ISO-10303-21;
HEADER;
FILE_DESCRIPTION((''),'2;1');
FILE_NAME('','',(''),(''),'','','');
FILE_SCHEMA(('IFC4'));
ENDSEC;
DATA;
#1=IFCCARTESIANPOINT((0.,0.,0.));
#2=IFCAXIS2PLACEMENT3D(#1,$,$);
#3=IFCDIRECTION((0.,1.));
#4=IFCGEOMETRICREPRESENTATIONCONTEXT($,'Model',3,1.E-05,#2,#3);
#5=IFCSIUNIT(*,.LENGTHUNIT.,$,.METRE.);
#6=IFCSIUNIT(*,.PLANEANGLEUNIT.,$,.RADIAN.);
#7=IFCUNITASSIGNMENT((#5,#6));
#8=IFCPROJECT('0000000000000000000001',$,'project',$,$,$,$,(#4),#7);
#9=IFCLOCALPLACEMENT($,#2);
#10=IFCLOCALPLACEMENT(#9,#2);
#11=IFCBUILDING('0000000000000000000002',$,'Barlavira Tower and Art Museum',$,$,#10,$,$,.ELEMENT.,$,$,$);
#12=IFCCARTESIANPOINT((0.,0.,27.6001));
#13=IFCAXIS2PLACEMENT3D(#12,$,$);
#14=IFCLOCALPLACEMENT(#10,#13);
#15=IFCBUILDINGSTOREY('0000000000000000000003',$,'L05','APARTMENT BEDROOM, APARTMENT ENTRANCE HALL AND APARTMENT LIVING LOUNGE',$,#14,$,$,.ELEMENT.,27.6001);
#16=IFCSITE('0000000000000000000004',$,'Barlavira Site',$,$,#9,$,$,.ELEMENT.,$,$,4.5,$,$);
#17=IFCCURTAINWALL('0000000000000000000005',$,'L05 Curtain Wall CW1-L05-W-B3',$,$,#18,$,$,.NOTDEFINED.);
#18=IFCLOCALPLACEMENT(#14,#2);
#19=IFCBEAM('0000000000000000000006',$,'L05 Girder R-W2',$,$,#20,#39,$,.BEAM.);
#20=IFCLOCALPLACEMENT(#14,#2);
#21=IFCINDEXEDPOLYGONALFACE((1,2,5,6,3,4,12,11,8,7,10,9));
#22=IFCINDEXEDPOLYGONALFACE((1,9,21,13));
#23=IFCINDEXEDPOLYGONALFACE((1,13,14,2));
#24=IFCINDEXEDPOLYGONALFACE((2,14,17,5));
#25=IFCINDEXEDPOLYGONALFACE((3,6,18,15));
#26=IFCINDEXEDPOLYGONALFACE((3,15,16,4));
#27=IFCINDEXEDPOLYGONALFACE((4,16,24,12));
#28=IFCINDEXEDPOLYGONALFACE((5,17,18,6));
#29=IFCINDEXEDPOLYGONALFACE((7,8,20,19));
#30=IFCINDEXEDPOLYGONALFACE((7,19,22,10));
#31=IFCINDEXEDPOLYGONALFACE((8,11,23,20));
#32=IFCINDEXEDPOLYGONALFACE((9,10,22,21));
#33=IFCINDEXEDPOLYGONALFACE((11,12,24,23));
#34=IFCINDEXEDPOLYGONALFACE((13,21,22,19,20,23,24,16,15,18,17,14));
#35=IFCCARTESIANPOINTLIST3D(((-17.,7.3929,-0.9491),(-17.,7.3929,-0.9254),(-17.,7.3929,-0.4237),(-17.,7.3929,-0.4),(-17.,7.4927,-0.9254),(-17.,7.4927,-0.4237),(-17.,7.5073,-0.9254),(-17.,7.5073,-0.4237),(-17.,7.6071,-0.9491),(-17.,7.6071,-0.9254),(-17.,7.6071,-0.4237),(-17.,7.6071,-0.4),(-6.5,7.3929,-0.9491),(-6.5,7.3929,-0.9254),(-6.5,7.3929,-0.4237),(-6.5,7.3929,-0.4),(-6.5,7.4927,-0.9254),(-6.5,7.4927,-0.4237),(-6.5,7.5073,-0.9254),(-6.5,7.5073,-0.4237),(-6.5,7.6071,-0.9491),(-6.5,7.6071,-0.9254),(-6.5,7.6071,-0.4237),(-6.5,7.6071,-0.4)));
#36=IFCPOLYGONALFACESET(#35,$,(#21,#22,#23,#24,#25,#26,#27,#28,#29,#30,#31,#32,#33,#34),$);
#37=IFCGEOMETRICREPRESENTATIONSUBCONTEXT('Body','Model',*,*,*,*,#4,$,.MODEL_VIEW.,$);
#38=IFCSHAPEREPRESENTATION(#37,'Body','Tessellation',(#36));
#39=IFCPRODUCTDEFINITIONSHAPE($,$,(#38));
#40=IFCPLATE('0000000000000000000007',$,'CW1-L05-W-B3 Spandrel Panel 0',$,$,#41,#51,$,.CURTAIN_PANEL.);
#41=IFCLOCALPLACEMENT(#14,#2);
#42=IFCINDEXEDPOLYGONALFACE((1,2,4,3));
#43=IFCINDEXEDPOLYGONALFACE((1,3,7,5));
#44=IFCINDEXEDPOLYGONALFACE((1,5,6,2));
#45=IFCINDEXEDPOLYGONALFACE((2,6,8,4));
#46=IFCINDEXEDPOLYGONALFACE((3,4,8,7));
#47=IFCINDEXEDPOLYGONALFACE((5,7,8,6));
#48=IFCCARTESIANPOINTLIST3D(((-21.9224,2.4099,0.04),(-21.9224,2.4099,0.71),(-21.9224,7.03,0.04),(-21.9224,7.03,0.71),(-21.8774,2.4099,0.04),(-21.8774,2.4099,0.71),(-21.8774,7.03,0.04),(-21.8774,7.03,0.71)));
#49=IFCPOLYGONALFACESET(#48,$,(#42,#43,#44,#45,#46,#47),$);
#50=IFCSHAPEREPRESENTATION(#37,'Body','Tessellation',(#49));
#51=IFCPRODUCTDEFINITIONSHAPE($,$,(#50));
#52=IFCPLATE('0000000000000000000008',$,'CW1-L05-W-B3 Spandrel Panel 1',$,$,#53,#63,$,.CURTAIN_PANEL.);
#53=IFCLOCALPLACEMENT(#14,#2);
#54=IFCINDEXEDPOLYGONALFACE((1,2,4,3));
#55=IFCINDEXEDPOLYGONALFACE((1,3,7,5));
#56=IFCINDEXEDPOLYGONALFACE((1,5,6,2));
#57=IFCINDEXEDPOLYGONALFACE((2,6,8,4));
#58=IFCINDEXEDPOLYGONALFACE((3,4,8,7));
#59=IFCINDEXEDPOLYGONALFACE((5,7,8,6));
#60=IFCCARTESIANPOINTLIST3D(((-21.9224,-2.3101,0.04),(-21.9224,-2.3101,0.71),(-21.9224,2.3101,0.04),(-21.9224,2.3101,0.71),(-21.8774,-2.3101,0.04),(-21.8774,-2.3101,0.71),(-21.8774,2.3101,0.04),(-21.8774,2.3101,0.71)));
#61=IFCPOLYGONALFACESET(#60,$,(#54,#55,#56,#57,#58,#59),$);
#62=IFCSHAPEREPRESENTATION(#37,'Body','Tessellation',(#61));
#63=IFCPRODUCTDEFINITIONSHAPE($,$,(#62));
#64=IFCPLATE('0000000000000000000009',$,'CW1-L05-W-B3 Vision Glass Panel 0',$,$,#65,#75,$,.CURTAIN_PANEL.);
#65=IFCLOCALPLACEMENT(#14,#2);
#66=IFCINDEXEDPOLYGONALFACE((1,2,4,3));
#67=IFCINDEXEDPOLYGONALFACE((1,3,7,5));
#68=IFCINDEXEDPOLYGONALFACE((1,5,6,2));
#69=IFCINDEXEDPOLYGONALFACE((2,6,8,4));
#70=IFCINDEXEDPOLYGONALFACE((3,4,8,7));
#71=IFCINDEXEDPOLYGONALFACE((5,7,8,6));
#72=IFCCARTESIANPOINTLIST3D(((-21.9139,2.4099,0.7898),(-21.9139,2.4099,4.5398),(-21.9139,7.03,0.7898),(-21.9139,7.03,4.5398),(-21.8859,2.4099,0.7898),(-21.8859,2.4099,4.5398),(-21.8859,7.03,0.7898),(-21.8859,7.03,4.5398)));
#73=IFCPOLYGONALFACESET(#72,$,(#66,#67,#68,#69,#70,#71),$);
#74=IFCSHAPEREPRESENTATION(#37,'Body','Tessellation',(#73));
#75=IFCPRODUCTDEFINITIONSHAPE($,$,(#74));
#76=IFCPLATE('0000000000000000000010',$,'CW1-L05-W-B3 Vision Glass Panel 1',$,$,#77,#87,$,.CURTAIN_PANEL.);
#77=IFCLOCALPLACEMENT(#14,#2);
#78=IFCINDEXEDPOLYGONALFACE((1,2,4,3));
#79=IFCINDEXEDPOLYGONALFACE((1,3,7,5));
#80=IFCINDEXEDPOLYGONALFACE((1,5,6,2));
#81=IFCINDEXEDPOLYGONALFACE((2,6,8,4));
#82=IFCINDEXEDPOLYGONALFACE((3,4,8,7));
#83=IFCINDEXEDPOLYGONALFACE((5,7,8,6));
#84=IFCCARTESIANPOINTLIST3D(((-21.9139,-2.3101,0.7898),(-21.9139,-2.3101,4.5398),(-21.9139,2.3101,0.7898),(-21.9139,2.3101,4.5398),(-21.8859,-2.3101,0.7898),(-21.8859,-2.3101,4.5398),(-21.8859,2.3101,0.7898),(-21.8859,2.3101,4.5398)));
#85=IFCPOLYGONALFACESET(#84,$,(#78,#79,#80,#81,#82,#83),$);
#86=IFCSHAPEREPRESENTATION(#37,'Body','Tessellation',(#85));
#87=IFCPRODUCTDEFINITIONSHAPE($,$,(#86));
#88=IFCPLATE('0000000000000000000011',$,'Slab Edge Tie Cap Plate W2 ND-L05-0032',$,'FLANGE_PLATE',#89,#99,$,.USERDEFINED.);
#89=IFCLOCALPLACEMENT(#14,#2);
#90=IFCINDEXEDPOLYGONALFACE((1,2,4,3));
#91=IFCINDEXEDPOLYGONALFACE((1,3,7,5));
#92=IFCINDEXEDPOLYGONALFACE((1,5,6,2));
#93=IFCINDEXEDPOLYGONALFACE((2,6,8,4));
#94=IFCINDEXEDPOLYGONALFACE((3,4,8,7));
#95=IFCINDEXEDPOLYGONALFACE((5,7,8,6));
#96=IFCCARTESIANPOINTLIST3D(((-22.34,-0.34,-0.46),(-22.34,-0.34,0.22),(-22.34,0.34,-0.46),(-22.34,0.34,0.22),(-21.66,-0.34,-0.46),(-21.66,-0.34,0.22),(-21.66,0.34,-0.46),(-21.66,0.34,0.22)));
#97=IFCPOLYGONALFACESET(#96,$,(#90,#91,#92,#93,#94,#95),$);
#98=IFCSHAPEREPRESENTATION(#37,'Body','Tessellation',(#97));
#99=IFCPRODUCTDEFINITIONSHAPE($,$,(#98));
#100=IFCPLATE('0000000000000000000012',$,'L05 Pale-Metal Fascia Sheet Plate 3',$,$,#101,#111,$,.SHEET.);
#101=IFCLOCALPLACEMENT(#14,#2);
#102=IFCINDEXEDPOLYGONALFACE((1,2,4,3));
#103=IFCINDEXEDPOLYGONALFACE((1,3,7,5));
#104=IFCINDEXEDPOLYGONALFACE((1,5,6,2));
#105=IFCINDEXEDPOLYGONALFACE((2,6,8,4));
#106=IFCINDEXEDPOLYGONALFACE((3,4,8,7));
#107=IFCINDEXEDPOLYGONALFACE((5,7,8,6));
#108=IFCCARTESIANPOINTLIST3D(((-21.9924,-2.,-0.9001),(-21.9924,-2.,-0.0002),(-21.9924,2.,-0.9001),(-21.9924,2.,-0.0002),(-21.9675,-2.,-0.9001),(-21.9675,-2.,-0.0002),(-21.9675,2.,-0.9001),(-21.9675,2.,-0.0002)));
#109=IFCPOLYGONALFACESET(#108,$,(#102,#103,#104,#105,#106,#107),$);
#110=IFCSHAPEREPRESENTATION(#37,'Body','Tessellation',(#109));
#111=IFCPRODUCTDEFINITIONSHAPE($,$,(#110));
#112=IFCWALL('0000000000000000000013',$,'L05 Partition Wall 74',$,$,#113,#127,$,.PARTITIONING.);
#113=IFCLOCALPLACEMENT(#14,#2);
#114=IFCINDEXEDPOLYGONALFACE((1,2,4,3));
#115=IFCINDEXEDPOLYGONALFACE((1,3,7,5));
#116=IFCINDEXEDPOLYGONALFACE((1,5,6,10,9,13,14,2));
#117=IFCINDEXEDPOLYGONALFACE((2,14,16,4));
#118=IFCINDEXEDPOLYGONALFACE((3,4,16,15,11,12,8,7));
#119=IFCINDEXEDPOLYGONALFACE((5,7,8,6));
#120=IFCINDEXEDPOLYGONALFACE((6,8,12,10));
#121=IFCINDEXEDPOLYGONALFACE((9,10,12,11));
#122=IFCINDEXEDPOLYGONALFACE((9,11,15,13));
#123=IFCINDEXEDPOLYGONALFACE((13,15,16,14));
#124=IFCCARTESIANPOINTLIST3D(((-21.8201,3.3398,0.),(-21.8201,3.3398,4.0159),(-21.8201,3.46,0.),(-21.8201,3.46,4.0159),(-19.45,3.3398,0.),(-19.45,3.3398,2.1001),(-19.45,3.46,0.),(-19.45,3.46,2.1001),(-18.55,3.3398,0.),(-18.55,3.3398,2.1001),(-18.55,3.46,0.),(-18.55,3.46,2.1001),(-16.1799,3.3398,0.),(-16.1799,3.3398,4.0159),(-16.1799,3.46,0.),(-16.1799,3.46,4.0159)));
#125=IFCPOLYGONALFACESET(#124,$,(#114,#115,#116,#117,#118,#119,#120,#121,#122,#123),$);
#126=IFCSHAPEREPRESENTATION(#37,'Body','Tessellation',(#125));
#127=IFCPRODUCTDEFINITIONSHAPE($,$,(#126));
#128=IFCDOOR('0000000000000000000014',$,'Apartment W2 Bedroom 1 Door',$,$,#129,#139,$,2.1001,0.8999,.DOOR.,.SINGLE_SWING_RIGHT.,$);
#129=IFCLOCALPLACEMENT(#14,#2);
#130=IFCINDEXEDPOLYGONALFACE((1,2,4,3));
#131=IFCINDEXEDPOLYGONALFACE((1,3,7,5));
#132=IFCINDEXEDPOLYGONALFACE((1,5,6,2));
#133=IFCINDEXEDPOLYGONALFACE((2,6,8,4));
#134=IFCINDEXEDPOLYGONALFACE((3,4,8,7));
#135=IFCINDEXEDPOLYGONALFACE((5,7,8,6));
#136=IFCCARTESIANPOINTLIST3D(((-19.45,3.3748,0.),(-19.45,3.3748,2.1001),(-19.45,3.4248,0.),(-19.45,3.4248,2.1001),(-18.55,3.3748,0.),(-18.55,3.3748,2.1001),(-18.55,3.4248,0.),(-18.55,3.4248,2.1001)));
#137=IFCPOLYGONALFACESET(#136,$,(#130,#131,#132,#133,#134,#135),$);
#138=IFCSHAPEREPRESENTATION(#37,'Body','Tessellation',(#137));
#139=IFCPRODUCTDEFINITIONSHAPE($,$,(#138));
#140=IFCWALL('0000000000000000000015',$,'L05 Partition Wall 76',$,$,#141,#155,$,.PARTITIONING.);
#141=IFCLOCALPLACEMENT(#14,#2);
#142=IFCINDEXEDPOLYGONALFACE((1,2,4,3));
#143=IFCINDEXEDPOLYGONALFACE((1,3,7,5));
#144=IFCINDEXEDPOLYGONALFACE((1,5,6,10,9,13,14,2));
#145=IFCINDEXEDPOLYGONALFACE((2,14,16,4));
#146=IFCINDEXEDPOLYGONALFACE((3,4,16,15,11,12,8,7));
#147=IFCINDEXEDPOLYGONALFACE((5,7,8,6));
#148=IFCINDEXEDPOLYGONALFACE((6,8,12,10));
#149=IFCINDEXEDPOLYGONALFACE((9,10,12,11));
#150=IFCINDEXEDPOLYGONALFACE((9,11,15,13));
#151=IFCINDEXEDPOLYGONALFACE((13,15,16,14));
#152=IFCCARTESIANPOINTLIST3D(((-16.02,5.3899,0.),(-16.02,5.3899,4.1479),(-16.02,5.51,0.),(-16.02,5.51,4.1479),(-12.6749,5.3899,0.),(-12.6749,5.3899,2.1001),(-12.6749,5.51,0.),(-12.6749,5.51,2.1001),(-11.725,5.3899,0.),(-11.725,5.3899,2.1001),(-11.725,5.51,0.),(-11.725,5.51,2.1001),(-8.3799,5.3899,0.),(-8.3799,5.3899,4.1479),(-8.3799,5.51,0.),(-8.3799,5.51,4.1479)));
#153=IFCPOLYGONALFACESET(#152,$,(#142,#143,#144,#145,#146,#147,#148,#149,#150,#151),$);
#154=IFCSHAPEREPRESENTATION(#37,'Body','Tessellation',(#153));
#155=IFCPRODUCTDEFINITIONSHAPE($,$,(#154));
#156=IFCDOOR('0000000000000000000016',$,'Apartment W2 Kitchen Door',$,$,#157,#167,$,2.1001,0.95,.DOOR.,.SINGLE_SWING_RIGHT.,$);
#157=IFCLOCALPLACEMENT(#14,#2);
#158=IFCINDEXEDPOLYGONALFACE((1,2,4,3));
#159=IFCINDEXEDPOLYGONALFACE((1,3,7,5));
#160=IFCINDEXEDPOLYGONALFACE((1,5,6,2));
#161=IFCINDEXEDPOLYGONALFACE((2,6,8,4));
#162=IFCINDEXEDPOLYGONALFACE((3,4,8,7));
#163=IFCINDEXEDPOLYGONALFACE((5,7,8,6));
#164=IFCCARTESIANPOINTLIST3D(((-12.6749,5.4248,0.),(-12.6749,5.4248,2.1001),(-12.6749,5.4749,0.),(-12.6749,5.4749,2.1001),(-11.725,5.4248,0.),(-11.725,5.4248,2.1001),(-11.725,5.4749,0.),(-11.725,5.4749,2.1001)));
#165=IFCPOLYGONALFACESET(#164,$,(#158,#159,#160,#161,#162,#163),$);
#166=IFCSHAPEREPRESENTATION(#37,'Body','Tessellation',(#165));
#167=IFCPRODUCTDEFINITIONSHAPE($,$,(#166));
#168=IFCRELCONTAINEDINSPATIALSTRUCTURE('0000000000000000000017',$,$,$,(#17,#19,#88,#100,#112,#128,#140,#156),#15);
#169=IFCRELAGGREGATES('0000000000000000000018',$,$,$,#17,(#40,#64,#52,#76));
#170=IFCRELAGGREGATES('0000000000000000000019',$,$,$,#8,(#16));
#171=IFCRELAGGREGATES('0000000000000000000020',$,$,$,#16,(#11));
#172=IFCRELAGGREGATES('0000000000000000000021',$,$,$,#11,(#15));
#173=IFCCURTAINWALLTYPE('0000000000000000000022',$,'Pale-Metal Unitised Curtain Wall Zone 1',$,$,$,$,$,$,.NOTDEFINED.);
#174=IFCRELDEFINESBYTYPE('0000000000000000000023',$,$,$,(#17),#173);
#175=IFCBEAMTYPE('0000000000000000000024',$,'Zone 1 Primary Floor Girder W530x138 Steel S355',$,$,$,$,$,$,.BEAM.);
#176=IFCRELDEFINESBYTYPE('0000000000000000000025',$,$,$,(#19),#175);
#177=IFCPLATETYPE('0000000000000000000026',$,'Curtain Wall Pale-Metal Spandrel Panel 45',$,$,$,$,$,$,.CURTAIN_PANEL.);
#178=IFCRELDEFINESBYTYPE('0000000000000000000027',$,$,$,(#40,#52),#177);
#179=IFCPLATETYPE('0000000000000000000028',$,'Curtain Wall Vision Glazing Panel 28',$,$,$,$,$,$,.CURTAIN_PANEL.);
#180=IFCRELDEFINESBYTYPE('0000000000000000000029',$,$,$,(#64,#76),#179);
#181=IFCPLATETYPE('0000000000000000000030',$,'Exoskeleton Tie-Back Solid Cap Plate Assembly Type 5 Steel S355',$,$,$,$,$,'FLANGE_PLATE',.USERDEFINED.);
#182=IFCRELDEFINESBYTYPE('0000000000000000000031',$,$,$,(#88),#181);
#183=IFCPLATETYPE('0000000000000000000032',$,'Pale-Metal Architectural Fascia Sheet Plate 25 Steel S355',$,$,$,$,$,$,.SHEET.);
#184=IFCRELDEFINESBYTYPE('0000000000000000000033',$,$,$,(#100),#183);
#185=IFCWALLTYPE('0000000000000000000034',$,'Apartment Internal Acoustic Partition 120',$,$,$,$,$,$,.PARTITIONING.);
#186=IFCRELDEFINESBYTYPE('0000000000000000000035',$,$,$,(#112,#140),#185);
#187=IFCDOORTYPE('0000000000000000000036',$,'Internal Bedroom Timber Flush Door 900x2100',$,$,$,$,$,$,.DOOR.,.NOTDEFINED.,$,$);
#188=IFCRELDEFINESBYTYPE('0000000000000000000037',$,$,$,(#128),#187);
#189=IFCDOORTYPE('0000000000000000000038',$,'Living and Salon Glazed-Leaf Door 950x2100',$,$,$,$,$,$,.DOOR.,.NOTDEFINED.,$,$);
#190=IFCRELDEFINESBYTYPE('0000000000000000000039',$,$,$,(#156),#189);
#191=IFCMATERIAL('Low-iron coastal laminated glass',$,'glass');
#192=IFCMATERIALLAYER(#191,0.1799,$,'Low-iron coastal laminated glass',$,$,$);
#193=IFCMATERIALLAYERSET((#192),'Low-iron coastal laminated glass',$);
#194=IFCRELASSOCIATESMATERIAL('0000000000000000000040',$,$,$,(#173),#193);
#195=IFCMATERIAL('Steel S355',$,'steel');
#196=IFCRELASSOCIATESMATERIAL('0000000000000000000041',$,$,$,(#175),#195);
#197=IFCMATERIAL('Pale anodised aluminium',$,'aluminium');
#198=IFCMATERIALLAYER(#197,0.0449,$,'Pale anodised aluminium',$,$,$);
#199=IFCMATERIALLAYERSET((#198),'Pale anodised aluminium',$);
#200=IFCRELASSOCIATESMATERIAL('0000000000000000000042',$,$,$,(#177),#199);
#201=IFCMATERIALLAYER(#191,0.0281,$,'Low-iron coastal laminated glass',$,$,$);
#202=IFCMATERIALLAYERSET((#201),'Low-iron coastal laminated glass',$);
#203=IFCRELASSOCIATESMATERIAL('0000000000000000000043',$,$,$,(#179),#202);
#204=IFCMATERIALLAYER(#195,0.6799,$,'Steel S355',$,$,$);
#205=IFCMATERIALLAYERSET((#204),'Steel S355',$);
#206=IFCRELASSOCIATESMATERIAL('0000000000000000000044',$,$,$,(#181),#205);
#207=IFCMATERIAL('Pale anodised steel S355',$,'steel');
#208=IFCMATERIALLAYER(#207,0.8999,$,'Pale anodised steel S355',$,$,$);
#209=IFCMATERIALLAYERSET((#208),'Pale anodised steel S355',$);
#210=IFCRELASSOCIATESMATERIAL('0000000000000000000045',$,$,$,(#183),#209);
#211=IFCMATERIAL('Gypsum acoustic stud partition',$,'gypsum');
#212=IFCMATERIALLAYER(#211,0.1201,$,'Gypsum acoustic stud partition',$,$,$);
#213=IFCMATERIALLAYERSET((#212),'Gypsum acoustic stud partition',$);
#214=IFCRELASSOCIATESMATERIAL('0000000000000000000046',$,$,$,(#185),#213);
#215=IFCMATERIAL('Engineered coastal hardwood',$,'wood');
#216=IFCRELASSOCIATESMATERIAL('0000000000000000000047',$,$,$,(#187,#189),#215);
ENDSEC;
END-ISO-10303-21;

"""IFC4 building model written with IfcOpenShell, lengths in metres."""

from ifc_helpers import new_model, si_unit, direction, frame, frame_2d, origin, origin_2d, place, context, subcontext, project, spatial, rectangle, i_section, extrude, material, layer, layer_set, material_profile, profile_set, type_object, element, fill, aggregate, save


model = new_model("IFC4")

# Units and contexts
model_context = context("Model", 3, precision=1e-05, world=origin(), true_north=direction((0.0, 1.0)))
body_context = subcontext(model_context, "Body", "Model", "MODEL_VIEW")
ifc_project = project(units=[si_unit("LENGTHUNIT", "METRE"), si_unit("PLANEANGLEUNIT", "RADIAN")], contexts=[model_context])

# Site, building, storey
site_placement = place(None, origin())
site = spatial("IfcSite", under=ifc_project, at=site_placement, Name="Barlavira Site", CompositionType="ELEMENT", RefElevation=4.5)
building_placement = place(site_placement, origin())
building = spatial("IfcBuilding", under=site, at=building_placement, Name="Barlavira Tower and Art Museum", CompositionType="ELEMENT")
storey_placement = place(building_placement, frame((0.0, 0.0, 27.6001)))
storey = spatial("IfcBuildingStorey", under=building, at=storey_placement, Name="L05", Description="APARTMENT BEDROOM, APARTMENT ENTRANCE HALL AND APARTMENT LIVING LOUNGE", CompositionType="ELEMENT", Elevation=27.6001)

# Curtain wall
ifc_material_1 = material(Name="Low-iron coastal laminated glass", Category="glass")
ifc_layer_1 = layer(ifc_material_1, 0.1799, Name="Low-iron coastal laminated glass")
ifc_layer_set_1 = layer_set([ifc_layer_1], Name="Low-iron coastal laminated glass")
curtain_wall_type = type_object("IfcCurtainWallType", Name="Pale-Metal Unitised Curtain Wall Zone 1", PredefinedType="NOTDEFINED", material=ifc_layer_set_1)
curtain_wall_placement = place(storey_placement, origin())
curtain_wall = element("IfcCurtainWall", 1, at=curtain_wall_placement, inside=storey, type_object=curtain_wall_type, Name="L05 Curtain Wall CW1-L05-W-B3", PredefinedType="NOTDEFINED")
ifc_material_2 = material(Name="Pale anodised aluminium", Category="aluminium")

# Shared definitions
ifc_material_3 = material(Name="Steel S355", Category="steel")

# Beam
ifc_material_profile_1 = material_profile(ifc_material_3, i_section(OverallWidth=0.2141, OverallDepth=0.5491, WebThickness=0.0146, FlangeThickness=0.0237, at=origin_2d()), Name="W530x138.0")
ifc_profile_set_1 = profile_set([ifc_material_profile_1], Name="Steel S355")
beam_type_1 = type_object("IfcBeamType", Name="Zone 1 Primary Floor Girder W530x138 Steel S355", PredefinedType="BEAM", material=ifc_profile_set_1)
beam_1_placement = place(storey_placement, frame((-17.0, 7.5, -0.6746), z_axis=(1.0, 0.0, 0.0), x_axis=(0.0, 1.0, 0.0)))
element("IfcBeam", 2, at=beam_1_placement, inside=storey, type_object=beam_type_1, Name="L05 Girder R-W2", PredefinedType="BEAM", context=body_context, shape_type="SweptSolid", body=[
    extrude(i_section(OverallWidth=0.2141, OverallDepth=0.5491, WebThickness=0.0146, FlangeThickness=0.0237, at=origin_2d()), origin(), (0.0, 0.0, 1.0), 10.5),
])

# Plates
ifc_layer_2 = layer(ifc_material_2, 0.0449, Name="Pale anodised aluminium")
ifc_layer_set_2 = layer_set([ifc_layer_2], Name="Pale anodised aluminium")
plate_type_1 = type_object("IfcPlateType", Name="Curtain Wall Pale-Metal Spandrel Panel 45", PredefinedType="CURTAIN_PANEL", material=ifc_layer_set_2)
plate_1_placement = place(storey_placement, frame((-21.8999, 4.72, 0.04), z_axis=(0.0, 0.0, 1.0), x_axis=(0.0, -1.0, 0.0)))
plate_1 = element("IfcPlate", 3, at=plate_1_placement, type_object=plate_type_1, Name="CW1-L05-W-B3 Spandrel Panel 0", PredefinedType="CURTAIN_PANEL", context=body_context, shape_type="SweptSolid", body=[
    extrude(rectangle(XDim=4.6201, YDim=0.0449, at=origin_2d()), origin(), (0.0, 0.0, 1.0), 0.6699),
])
plate_2_placement = place(storey_placement, frame((-21.8999, 0.0, 0.04), z_axis=(0.0, 0.0, 1.0), x_axis=(0.0, -1.0, 0.0)))
plate_2 = element("IfcPlate", 4, at=plate_2_placement, type_object=plate_type_1, Name="CW1-L05-W-B3 Spandrel Panel 1", PredefinedType="CURTAIN_PANEL", context=body_context, shape_type="SweptSolid", body=[
    extrude(rectangle(XDim=4.6201, YDim=0.0449, at=origin_2d()), origin(), (0.0, 0.0, 1.0), 0.6699),
])
ifc_layer_3 = layer(ifc_material_1, 0.0281, Name="Low-iron coastal laminated glass")
ifc_layer_set_3 = layer_set([ifc_layer_3], Name="Low-iron coastal laminated glass")
plate_type_2 = type_object("IfcPlateType", Name="Curtain Wall Vision Glazing Panel 28", PredefinedType="CURTAIN_PANEL", material=ifc_layer_set_3)
plate_3_placement = place(storey_placement, frame((-21.8999, 4.72, 0.7898), z_axis=(0.0, 0.0, 1.0), x_axis=(0.0, -1.0, 0.0)))
plate_3 = element("IfcPlate", 5, at=plate_3_placement, type_object=plate_type_2, Name="CW1-L05-W-B3 Vision Glass Panel 0", PredefinedType="CURTAIN_PANEL", context=body_context, shape_type="SweptSolid", body=[
    extrude(rectangle(XDim=4.6201, YDim=0.0281, at=origin_2d()), origin(), (0.0, 0.0, 1.0), 3.75),
])
plate_4_placement = place(storey_placement, frame((-21.8999, 0.0, 0.7898), z_axis=(0.0, 0.0, 1.0), x_axis=(0.0, -1.0, 0.0)))
plate_4 = element("IfcPlate", 6, at=plate_4_placement, type_object=plate_type_2, Name="CW1-L05-W-B3 Vision Glass Panel 1", PredefinedType="CURTAIN_PANEL", context=body_context, shape_type="SweptSolid", body=[
    extrude(rectangle(XDim=4.6201, YDim=0.0281, at=origin_2d()), origin(), (0.0, 0.0, 1.0), 3.75),
])
aggregate(curtain_wall, [plate_1, plate_3, plate_2, plate_4])

# Plates
ifc_layer_4 = layer(ifc_material_3, 0.6799, Name="Steel S355")
ifc_layer_set_4 = layer_set([ifc_layer_4], Name="Steel S355")
plate_type_3 = type_object("IfcPlateType", Name="Exoskeleton Tie-Back Solid Cap Plate Assembly Type 5 Steel S355", ElementType="FLANGE_PLATE", PredefinedType="USERDEFINED", material=ifc_layer_set_4)
plate_5_placement = place(storey_placement, frame((-22.0, 0.0, -0.46), z_axis=(0.0, 0.0, 1.0), x_axis=(1.0, 0.0, 0.0)))
element("IfcPlate", 7, at=plate_5_placement, inside=storey, type_object=plate_type_3, Name="Slab Edge Tie Cap Plate W2 ND-L05-0032", ObjectType="FLANGE_PLATE", PredefinedType="USERDEFINED", context=body_context, shape_type="SweptSolid", body=[
    extrude(rectangle(XDim=0.6799, YDim=0.6799, at=origin_2d()), origin(), (0.0, 0.0, 1.0), 0.6799),
])
ifc_material_4 = material(Name="Pale anodised steel S355", Category="steel")
ifc_layer_5 = layer(ifc_material_4, 0.8999, Name="Pale anodised steel S355")
ifc_layer_set_5 = layer_set([ifc_layer_5], Name="Pale anodised steel S355")
plate_type_4 = type_object("IfcPlateType", Name="Pale-Metal Architectural Fascia Sheet Plate 25 Steel S355", PredefinedType="SHEET", material=ifc_layer_set_5)
plate_6_placement = place(storey_placement, frame((-21.98, 0.0, -0.9001), z_axis=(0.0, 0.0, 1.0), x_axis=(0.0, 1.0, 0.0)))
element("IfcPlate", 8, at=plate_6_placement, inside=storey, type_object=plate_type_4, Name="L05 Pale-Metal Fascia Sheet Plate 3", PredefinedType="SHEET", context=body_context, shape_type="SweptSolid", body=[
    extrude(rectangle(XDim=4.0, YDim=0.0249, at=origin_2d()), origin(), (0.0, 0.0, 1.0), 0.8999),
])

# Walls, openings, doors
ifc_material_5 = material(Name="Gypsum acoustic stud partition", Category="gypsum")
ifc_layer_6 = layer(ifc_material_5, 0.1201, Name="Gypsum acoustic stud partition")
ifc_layer_set_6 = layer_set([ifc_layer_6], Name="Gypsum acoustic stud partition")
wall_type_1 = type_object("IfcWallType", Name="Apartment Internal Acoustic Partition 120", PredefinedType="PARTITIONING", material=ifc_layer_set_6)
wall_1_placement = place(storey_placement, frame((-21.8201, 3.3999, 0.0), z_axis=(0.0, 0.0, 1.0), x_axis=(1.0, 0.0, 0.0)))
wall_1 = element("IfcWall", 9, at=wall_1_placement, inside=storey, type_object=wall_type_1, Name="L05 Partition Wall 74", PredefinedType="PARTITIONING", context=body_context, shape_type="SweptSolid", body=[
    extrude(rectangle(XDim=5.6401, YDim=0.1201, at=frame_2d((2.8201, 0.0))), origin(), (0.0, 0.0, 1.0), 4.0159),
])
opening_1_placement = place(wall_1_placement, frame((2.3701, 0.0, 0.0)))
opening_1 = element("IfcOpeningElement", 10, at=opening_1_placement, cuts=wall_1, PredefinedType="OPENING", context=body_context, shape_type="SweptSolid", body=[
    extrude(rectangle(XDim=0.8999, YDim=2.1001, at=frame_2d((0.45, 1.05))), frame((0.0, 0.0701, 0.0), z_axis=(0.0, -1.0, 0.0), x_axis=(1.0, 0.0, 0.0)), (0.0, 0.0, 1.0), 0.1401),
])
ifc_material_6 = material(Name="Engineered coastal hardwood", Category="wood")
door_type_1 = type_object("IfcDoorType", Name="Internal Bedroom Timber Flush Door 900x2100", OperationType="NOTDEFINED", PredefinedType="DOOR", material=ifc_material_6)
door_1_placement = place(opening_1_placement, origin())
door_1 = element("IfcDoor", 11, at=door_1_placement, inside=storey, type_object=door_type_1, Name="Apartment W2 Bedroom 1 Door", OperationType="SINGLE_SWING_RIGHT", OverallHeight=2.1001, OverallWidth=0.8999, PredefinedType="DOOR", context=body_context, shape_type="SweptSolid", body=[
    extrude(rectangle(XDim=0.8999, YDim=2.1001, at=frame_2d((0.45, 1.05))), frame((0.0, 0.0249, 0.0), z_axis=(0.0, -1.0, 0.0), x_axis=(1.0, 0.0, 0.0)), (0.0, 0.0, 1.0), 0.05),
])
fill(opening_1, door_1)
wall_2_placement = place(storey_placement, frame((-16.02, 5.45, 0.0), z_axis=(0.0, 0.0, 1.0), x_axis=(1.0, 0.0, 0.0)))
wall_2 = element("IfcWall", 12, at=wall_2_placement, inside=storey, type_object=wall_type_1, Name="L05 Partition Wall 76", PredefinedType="PARTITIONING", context=body_context, shape_type="SweptSolid", body=[
    extrude(rectangle(XDim=7.6401, YDim=0.1201, at=frame_2d((3.8201, 0.0))), origin(), (0.0, 0.0, 1.0), 4.1479),
])
opening_2_placement = place(wall_2_placement, frame((3.345, 0.0, 0.0)))
opening_2 = element("IfcOpeningElement", 13, at=opening_2_placement, cuts=wall_2, PredefinedType="OPENING", context=body_context, shape_type="SweptSolid", body=[
    extrude(rectangle(XDim=0.95, YDim=2.1001, at=frame_2d((0.4751, 1.05))), frame((0.0, 0.0701, 0.0), z_axis=(0.0, -1.0, 0.0), x_axis=(1.0, 0.0, 0.0)), (0.0, 0.0, 1.0), 0.1401),
])
door_type_2 = type_object("IfcDoorType", Name="Living and Salon Glazed-Leaf Door 950x2100", OperationType="NOTDEFINED", PredefinedType="DOOR", material=ifc_material_6)
door_2_placement = place(opening_2_placement, origin())
door_2 = element("IfcDoor", 14, at=door_2_placement, inside=storey, type_object=door_type_2, Name="Apartment W2 Kitchen Door", OperationType="SINGLE_SWING_RIGHT", OverallHeight=2.1001, OverallWidth=0.95, PredefinedType="DOOR", context=body_context, shape_type="SweptSolid", body=[
    extrude(rectangle(XDim=0.95, YDim=2.1001, at=frame_2d((0.4751, 1.05))), frame((0.0, 0.0249, 0.0), z_axis=(0.0, -1.0, 0.0), x_axis=(1.0, 0.0, 0.0)), (0.0, 0.0, 1.0), 0.05),
])
fill(opening_2, door_2)

save(model, "model.ifc")
